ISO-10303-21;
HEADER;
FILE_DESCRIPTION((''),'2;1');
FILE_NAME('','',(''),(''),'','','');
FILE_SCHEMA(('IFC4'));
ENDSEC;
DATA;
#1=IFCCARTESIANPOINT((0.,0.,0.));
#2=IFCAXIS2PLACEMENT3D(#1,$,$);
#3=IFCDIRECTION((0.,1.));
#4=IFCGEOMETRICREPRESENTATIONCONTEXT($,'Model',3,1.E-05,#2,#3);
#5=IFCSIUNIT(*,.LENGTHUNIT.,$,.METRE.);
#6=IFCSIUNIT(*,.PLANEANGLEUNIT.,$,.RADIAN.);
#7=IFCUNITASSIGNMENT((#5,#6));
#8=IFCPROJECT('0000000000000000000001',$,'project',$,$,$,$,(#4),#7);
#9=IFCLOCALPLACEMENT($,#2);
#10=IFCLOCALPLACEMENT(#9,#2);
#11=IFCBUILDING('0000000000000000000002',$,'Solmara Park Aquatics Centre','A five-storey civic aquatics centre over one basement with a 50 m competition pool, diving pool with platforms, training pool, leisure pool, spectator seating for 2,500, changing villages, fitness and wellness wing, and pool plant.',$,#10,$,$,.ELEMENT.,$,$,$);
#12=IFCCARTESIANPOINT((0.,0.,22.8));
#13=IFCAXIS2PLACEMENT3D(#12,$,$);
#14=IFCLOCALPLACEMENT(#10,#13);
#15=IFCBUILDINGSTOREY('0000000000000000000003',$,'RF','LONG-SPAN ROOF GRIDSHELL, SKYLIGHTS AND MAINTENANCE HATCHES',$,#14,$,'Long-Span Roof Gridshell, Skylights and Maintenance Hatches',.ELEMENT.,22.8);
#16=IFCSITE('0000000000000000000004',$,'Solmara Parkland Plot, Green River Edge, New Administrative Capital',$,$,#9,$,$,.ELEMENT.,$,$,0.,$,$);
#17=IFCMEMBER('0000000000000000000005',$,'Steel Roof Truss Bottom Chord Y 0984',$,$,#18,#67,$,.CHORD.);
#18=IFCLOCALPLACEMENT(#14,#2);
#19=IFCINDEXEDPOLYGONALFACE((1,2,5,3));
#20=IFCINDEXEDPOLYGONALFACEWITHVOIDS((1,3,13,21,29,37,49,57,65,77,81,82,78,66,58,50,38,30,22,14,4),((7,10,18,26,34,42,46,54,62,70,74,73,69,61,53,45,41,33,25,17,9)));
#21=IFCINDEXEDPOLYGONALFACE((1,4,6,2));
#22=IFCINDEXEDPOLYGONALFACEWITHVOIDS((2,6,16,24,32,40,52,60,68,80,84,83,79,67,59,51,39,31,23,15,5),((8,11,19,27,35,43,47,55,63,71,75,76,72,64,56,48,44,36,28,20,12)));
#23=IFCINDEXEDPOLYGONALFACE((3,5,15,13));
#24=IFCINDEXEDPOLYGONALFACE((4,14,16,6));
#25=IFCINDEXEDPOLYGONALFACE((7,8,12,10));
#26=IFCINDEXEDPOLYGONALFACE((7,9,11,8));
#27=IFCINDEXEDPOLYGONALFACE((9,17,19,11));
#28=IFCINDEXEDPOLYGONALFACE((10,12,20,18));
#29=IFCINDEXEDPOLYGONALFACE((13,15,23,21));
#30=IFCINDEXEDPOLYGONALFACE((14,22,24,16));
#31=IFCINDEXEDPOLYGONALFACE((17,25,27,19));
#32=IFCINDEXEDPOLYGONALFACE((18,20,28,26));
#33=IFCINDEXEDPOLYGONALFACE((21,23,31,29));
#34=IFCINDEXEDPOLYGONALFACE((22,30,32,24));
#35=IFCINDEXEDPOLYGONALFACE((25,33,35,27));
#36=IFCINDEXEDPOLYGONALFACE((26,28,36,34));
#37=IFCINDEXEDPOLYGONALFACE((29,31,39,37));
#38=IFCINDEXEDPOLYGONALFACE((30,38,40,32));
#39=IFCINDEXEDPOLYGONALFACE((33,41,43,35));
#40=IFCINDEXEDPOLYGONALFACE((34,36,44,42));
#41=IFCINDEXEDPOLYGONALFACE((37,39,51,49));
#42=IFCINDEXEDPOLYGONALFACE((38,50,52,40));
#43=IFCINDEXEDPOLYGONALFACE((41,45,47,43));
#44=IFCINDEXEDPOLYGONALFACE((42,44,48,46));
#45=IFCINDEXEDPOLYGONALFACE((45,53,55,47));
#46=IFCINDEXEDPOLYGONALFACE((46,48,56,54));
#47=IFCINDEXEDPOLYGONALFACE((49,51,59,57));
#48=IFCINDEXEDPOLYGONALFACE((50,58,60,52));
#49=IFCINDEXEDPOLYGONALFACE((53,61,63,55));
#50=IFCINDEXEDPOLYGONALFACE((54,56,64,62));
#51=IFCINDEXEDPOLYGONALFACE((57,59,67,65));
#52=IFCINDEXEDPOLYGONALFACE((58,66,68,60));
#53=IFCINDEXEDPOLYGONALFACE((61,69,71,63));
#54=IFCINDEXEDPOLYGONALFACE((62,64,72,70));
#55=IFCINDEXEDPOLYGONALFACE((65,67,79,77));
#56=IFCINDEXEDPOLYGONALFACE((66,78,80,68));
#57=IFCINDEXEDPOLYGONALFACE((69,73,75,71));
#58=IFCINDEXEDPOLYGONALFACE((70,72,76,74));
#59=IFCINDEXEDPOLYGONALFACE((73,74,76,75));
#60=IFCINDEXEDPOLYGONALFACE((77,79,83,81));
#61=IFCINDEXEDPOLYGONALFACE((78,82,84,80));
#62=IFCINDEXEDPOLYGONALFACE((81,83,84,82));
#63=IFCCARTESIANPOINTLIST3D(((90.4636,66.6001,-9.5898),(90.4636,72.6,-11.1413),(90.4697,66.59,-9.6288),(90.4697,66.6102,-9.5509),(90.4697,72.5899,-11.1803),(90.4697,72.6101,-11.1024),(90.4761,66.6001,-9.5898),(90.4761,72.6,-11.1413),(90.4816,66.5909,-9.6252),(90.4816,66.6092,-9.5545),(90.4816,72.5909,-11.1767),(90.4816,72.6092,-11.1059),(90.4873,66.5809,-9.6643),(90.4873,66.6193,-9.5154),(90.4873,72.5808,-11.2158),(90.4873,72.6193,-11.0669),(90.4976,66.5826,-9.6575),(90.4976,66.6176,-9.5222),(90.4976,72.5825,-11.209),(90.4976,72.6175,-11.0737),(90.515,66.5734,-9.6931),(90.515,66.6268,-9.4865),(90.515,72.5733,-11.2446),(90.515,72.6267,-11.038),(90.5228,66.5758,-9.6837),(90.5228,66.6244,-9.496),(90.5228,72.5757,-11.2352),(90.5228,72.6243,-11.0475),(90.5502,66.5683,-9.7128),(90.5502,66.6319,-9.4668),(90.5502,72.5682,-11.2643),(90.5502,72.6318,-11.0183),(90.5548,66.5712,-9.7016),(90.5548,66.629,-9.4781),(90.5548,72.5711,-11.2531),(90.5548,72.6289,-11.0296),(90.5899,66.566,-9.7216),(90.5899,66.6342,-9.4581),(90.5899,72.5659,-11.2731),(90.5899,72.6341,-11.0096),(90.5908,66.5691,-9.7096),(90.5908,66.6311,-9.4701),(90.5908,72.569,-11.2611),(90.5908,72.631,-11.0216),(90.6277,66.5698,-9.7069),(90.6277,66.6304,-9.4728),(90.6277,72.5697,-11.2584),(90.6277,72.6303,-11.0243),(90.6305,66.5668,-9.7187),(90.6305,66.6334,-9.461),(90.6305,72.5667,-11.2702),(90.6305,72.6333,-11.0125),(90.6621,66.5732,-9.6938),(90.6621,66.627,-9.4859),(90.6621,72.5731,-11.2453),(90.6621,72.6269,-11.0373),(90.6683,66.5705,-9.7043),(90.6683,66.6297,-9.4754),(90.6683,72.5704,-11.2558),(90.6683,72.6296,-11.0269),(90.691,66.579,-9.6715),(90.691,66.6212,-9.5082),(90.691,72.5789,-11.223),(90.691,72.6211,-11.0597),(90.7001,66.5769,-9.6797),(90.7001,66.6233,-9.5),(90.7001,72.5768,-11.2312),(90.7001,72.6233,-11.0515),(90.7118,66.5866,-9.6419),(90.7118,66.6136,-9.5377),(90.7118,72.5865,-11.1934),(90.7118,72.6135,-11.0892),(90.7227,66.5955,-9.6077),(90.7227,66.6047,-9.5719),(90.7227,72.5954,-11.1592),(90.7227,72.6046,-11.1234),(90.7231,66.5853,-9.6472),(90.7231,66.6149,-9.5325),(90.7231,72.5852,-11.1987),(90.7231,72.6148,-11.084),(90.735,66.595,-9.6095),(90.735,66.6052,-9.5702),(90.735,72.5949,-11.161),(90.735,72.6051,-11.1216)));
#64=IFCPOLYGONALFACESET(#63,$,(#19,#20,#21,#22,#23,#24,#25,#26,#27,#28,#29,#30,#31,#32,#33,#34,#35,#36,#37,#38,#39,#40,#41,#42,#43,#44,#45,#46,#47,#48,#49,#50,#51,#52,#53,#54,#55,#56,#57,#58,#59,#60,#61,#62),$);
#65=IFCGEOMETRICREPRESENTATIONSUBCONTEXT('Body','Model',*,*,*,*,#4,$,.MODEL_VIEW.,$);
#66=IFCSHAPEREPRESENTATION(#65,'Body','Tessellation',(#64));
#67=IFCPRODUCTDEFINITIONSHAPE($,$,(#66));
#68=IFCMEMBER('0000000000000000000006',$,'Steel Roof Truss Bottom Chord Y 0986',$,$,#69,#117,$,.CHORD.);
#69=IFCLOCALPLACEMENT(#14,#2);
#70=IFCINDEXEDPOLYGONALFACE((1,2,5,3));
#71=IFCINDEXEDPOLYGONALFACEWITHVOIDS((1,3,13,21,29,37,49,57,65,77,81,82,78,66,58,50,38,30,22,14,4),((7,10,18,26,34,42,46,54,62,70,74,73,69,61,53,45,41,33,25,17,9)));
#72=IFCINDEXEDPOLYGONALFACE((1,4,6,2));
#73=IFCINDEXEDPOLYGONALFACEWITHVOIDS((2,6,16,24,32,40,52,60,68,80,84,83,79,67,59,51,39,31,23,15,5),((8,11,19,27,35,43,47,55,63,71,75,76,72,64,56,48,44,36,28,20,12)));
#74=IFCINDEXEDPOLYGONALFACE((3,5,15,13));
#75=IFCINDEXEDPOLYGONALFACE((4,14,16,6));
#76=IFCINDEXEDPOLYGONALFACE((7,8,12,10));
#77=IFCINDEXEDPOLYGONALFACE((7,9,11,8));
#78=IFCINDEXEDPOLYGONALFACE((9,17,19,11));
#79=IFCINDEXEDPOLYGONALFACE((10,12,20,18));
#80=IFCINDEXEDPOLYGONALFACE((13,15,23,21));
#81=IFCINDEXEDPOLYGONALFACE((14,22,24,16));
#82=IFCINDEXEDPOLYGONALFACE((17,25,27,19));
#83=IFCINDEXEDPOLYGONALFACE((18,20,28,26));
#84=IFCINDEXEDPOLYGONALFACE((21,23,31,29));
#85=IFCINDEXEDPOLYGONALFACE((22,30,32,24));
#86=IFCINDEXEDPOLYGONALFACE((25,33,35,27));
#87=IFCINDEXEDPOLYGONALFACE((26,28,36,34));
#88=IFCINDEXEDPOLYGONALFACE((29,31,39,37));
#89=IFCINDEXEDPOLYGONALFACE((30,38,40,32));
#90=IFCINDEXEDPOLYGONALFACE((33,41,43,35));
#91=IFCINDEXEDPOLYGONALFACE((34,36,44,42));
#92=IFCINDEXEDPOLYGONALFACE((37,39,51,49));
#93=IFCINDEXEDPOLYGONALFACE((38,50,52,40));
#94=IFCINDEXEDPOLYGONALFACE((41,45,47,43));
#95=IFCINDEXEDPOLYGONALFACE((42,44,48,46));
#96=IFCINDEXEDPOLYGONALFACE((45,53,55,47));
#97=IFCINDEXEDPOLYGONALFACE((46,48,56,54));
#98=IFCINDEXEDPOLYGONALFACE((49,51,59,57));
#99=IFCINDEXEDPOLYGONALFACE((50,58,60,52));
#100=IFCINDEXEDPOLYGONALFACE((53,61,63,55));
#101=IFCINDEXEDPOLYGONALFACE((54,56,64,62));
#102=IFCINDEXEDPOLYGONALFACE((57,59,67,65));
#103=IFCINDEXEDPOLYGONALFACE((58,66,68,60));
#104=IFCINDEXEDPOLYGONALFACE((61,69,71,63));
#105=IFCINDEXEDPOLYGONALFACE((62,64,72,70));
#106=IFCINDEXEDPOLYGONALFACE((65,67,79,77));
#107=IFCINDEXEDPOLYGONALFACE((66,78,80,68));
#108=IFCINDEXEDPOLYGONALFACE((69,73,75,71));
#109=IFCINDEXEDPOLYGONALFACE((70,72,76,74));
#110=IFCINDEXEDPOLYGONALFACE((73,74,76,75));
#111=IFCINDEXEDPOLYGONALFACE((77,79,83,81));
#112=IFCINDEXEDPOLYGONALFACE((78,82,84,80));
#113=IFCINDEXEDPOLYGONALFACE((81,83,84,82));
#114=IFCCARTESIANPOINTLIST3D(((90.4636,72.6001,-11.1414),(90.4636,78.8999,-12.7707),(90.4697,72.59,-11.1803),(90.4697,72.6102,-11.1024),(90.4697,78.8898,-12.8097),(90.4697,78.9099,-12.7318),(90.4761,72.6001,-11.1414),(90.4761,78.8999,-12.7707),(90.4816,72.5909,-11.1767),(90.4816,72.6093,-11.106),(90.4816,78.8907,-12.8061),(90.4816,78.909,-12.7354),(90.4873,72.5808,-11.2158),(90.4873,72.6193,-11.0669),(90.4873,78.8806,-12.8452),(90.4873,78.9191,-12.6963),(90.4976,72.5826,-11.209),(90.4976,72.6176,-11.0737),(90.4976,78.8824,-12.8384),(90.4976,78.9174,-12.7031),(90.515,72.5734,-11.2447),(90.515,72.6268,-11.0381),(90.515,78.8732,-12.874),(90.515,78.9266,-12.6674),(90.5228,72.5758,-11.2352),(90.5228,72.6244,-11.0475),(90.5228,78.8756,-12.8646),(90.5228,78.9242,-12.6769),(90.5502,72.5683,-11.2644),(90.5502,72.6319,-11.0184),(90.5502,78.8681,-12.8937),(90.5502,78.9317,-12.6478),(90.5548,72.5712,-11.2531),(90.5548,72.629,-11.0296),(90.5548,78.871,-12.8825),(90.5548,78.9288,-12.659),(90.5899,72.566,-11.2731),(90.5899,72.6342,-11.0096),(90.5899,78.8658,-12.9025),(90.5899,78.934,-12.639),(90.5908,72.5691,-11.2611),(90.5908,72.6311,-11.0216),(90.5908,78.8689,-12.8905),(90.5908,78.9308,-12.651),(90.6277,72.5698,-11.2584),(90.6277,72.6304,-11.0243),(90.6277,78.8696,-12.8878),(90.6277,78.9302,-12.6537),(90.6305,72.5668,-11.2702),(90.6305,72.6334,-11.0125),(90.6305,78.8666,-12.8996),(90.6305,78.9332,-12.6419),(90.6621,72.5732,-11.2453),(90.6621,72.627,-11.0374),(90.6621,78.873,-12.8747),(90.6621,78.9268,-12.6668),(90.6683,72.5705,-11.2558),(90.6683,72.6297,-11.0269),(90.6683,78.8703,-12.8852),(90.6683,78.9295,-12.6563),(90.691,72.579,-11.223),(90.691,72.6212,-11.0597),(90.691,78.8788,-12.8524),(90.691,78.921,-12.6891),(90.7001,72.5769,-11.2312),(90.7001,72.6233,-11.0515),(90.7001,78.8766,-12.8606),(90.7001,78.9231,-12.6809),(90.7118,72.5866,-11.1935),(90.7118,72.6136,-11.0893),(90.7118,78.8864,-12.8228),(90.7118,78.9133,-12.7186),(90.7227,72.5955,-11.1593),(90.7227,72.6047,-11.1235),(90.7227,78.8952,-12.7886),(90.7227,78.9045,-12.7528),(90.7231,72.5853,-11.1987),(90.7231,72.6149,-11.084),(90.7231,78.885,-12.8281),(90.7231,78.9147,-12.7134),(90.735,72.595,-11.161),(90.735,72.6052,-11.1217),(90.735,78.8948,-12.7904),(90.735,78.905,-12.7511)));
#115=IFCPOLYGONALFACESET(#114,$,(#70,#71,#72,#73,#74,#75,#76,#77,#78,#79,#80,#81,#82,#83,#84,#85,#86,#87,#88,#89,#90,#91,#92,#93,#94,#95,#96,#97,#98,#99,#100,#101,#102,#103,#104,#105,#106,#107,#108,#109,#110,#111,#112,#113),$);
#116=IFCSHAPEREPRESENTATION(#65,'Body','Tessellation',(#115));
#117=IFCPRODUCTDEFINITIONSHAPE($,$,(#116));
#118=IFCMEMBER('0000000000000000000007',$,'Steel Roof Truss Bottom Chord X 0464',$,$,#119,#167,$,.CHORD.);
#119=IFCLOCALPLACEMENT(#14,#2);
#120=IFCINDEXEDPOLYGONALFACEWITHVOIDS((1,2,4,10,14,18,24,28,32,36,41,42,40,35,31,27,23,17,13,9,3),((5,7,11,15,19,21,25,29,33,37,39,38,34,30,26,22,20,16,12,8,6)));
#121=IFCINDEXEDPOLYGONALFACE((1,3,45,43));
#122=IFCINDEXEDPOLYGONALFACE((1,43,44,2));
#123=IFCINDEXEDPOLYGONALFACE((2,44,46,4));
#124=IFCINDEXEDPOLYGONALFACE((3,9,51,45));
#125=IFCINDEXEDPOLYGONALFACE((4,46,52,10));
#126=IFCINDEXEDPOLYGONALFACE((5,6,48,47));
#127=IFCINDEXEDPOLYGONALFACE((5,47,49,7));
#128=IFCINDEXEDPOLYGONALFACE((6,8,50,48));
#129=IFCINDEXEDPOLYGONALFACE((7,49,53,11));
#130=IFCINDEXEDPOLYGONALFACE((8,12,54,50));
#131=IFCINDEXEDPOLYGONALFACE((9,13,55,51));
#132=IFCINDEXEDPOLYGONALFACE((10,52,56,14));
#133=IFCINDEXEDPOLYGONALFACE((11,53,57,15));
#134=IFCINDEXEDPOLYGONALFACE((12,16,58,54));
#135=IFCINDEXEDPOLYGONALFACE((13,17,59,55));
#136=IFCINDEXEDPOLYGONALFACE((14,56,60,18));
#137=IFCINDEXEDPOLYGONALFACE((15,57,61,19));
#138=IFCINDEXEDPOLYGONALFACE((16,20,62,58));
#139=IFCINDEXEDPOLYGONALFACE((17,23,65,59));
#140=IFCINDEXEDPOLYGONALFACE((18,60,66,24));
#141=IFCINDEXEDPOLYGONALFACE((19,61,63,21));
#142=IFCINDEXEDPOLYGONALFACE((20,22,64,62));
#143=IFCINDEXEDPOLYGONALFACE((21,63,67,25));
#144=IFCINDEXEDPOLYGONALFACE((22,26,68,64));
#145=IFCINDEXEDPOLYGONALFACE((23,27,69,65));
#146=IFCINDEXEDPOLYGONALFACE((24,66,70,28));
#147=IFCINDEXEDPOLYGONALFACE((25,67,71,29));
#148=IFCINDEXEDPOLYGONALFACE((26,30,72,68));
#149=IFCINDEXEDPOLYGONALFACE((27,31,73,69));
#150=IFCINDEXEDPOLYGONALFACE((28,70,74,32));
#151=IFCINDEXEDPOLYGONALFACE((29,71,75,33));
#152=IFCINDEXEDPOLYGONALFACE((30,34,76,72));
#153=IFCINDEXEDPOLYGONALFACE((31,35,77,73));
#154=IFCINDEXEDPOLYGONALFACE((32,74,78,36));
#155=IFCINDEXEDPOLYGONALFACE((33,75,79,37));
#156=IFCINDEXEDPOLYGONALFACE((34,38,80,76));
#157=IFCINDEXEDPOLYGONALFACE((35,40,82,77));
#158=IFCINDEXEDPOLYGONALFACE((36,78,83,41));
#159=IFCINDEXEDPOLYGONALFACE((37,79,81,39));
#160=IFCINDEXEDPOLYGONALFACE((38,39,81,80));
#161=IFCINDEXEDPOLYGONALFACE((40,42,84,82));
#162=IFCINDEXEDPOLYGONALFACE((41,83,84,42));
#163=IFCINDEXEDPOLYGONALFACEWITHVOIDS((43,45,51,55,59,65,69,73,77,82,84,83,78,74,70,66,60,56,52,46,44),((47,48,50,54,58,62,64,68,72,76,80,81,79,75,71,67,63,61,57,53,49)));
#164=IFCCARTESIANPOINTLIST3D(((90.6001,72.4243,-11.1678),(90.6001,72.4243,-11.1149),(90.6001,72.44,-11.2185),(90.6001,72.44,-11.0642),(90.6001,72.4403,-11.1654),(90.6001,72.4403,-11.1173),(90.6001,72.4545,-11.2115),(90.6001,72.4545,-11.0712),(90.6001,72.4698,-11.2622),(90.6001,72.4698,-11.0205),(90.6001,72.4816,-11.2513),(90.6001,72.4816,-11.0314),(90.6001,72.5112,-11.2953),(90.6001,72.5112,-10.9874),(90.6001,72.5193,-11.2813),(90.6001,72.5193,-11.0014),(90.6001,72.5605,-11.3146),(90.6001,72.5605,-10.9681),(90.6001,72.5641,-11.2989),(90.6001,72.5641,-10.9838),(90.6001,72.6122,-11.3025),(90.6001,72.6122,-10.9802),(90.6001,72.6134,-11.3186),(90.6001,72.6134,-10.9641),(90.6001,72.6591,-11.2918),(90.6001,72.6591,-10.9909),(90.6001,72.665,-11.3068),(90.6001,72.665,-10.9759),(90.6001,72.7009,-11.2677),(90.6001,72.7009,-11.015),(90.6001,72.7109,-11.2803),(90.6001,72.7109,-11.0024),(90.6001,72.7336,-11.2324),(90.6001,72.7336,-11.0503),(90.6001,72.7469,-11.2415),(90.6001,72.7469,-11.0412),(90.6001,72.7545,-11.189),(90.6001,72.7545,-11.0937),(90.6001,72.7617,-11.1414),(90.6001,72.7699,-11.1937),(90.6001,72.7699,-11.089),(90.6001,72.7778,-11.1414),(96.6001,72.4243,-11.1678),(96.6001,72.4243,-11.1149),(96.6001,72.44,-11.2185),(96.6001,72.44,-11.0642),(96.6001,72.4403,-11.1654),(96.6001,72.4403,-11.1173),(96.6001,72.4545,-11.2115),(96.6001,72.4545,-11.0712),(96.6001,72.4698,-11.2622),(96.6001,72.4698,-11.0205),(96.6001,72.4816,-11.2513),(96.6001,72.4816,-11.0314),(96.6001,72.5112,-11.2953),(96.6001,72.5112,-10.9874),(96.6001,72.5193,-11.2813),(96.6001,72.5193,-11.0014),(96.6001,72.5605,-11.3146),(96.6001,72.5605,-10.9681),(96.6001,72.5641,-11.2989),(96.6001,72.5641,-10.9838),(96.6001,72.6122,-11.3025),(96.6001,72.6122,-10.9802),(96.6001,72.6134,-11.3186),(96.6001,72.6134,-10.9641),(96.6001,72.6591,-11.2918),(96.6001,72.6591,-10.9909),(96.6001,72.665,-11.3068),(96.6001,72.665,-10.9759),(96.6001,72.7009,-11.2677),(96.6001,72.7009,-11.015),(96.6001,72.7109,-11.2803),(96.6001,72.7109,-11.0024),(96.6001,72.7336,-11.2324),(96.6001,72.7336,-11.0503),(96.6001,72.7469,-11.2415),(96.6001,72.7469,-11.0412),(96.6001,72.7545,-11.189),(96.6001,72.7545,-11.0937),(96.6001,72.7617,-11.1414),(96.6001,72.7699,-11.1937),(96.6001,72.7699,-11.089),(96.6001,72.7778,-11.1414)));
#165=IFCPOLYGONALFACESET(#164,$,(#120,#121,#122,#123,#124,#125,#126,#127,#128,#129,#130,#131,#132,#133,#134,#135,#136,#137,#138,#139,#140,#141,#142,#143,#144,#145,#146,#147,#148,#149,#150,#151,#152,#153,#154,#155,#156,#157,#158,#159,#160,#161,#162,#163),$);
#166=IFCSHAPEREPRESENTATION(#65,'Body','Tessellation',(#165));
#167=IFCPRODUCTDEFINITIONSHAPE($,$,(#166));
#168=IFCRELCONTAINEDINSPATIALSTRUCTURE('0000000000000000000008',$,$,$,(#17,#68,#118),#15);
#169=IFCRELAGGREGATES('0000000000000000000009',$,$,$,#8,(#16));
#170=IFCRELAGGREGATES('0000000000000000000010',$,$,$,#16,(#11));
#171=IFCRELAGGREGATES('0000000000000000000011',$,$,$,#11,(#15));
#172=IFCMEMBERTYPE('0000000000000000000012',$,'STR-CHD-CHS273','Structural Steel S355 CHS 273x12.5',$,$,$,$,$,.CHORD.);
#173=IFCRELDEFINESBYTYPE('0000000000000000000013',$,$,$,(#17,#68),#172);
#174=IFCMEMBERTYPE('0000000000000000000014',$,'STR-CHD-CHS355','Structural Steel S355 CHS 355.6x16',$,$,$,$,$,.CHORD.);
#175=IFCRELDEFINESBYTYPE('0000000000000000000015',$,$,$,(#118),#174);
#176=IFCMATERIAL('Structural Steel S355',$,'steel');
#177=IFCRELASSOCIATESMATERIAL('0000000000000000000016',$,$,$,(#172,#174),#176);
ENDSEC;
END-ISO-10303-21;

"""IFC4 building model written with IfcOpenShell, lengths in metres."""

from ifc_helpers import new_model, si_unit, direction, frame, origin, origin_2d, place, context, subcontext, project, spatial, hollow_circle, extrude, material, material_profile, profile_set, type_object, element, save


model = new_model("IFC4")

# Units and contexts
model_context = context("Model", 3, precision=1e-05, world=origin(), true_north=direction((0.0, 1.0)))
body_context = subcontext(model_context, "Body", "Model", "MODEL_VIEW")
ifc_project = project(units=[si_unit("LENGTHUNIT", "METRE"), si_unit("PLANEANGLEUNIT", "RADIAN")], contexts=[model_context])

# Site, building, storey
site_placement = place(None, origin())
site = spatial("IfcSite", under=ifc_project, at=site_placement, Name="Solmara Parkland Plot, Green River Edge, New Administrative Capital", CompositionType="ELEMENT", RefElevation=0.0)
building_placement = place(site_placement, origin())
building = spatial("IfcBuilding", under=site, at=building_placement, Name="Solmara Park Aquatics Centre", Description="A five-storey civic aquatics centre over one basement with a 50 m competition pool, diving pool with platforms, training pool, leisure pool, spectator seating for 2,500, changing villages, fitness and wellness wing, and pool plant.", CompositionType="ELEMENT")
storey_placement = place(building_placement, frame((0.0, 0.0, 22.8)))
storey = spatial("IfcBuildingStorey", under=building, at=storey_placement, Name="RF", Description="LONG-SPAN ROOF GRIDSHELL, SKYLIGHTS AND MAINTENANCE HATCHES", LongName="Long-Span Roof Gridshell, Skylights and Maintenance Hatches", CompositionType="ELEMENT", Elevation=22.8)

# Members
ifc_material_1 = material(Name="Structural Steel S355", Category="steel")
ifc_material_profile_1 = material_profile(ifc_material_1, hollow_circle(Radius=0.1365, WallThickness=0.0125, at=origin_2d()), Name="CHS 273x12.5")
ifc_profile_set_1 = profile_set([ifc_material_profile_1], Name="Structural Steel S355")
member_type_1 = type_object("IfcMemberType", Name="STR-CHD-CHS273", Description="Structural Steel S355 CHS 273x12.5", PredefinedType="CHORD", material=ifc_profile_set_1)
member_1_placement = place(storey_placement, frame((90.6001, 66.6001, -9.5898), z_axis=(0.0, 0.968155, -0.250351), x_axis=(-1.0, 0.0, 0.0)))
element("IfcMember", 1, at=member_1_placement, inside=storey, type_object=member_type_1, Name="Steel Roof Truss Bottom Chord Y 0984", PredefinedType="CHORD", context=body_context, shape_type="SweptSolid", body=[
    extrude(hollow_circle(Radius=0.1365, WallThickness=0.0125, at=origin_2d()), origin(), (0.0, 0.0, 1.0), 6.1973),
])
member_2_placement = place(storey_placement, frame((90.6001, 72.6001, -11.1414), z_axis=(0.0, 0.968142, -0.250402), x_axis=(-1.0, 0.0, 0.0)))
element("IfcMember", 2, at=member_2_placement, inside=storey, type_object=member_type_1, Name="Steel Roof Truss Bottom Chord Y 0986", PredefinedType="CHORD", context=body_context, shape_type="SweptSolid", body=[
    extrude(hollow_circle(Radius=0.1365, WallThickness=0.0125, at=origin_2d()), origin(), (0.0, 0.0, 1.0), 6.5071),
])
ifc_material_profile_2 = material_profile(ifc_material_1, hollow_circle(Radius=0.1777, WallThickness=0.0161, at=origin_2d()), Name="CHS 355.6x16")
ifc_profile_set_2 = profile_set([ifc_material_profile_2], Name="Structural Steel S355")
member_type_2 = type_object("IfcMemberType", Name="STR-CHD-CHS355", Description="Structural Steel S355 CHS 355.6x16", PredefinedType="CHORD", material=ifc_profile_set_2)
member_3_placement = place(storey_placement, frame((90.6001, 72.6001, -11.1414), z_axis=(1.0, 0.0, 0.0), x_axis=(0.0, 1.0, 0.0)))
element("IfcMember", 3, at=member_3_placement, inside=storey, type_object=member_type_2, Name="Steel Roof Truss Bottom Chord X 0464", PredefinedType="CHORD", context=body_context, shape_type="SweptSolid", body=[
    extrude(hollow_circle(Radius=0.1777, WallThickness=0.0161, at=origin_2d()), origin(), (0.0, 0.0, 1.0), 6.0),
])

save(model, "model.ifc")
